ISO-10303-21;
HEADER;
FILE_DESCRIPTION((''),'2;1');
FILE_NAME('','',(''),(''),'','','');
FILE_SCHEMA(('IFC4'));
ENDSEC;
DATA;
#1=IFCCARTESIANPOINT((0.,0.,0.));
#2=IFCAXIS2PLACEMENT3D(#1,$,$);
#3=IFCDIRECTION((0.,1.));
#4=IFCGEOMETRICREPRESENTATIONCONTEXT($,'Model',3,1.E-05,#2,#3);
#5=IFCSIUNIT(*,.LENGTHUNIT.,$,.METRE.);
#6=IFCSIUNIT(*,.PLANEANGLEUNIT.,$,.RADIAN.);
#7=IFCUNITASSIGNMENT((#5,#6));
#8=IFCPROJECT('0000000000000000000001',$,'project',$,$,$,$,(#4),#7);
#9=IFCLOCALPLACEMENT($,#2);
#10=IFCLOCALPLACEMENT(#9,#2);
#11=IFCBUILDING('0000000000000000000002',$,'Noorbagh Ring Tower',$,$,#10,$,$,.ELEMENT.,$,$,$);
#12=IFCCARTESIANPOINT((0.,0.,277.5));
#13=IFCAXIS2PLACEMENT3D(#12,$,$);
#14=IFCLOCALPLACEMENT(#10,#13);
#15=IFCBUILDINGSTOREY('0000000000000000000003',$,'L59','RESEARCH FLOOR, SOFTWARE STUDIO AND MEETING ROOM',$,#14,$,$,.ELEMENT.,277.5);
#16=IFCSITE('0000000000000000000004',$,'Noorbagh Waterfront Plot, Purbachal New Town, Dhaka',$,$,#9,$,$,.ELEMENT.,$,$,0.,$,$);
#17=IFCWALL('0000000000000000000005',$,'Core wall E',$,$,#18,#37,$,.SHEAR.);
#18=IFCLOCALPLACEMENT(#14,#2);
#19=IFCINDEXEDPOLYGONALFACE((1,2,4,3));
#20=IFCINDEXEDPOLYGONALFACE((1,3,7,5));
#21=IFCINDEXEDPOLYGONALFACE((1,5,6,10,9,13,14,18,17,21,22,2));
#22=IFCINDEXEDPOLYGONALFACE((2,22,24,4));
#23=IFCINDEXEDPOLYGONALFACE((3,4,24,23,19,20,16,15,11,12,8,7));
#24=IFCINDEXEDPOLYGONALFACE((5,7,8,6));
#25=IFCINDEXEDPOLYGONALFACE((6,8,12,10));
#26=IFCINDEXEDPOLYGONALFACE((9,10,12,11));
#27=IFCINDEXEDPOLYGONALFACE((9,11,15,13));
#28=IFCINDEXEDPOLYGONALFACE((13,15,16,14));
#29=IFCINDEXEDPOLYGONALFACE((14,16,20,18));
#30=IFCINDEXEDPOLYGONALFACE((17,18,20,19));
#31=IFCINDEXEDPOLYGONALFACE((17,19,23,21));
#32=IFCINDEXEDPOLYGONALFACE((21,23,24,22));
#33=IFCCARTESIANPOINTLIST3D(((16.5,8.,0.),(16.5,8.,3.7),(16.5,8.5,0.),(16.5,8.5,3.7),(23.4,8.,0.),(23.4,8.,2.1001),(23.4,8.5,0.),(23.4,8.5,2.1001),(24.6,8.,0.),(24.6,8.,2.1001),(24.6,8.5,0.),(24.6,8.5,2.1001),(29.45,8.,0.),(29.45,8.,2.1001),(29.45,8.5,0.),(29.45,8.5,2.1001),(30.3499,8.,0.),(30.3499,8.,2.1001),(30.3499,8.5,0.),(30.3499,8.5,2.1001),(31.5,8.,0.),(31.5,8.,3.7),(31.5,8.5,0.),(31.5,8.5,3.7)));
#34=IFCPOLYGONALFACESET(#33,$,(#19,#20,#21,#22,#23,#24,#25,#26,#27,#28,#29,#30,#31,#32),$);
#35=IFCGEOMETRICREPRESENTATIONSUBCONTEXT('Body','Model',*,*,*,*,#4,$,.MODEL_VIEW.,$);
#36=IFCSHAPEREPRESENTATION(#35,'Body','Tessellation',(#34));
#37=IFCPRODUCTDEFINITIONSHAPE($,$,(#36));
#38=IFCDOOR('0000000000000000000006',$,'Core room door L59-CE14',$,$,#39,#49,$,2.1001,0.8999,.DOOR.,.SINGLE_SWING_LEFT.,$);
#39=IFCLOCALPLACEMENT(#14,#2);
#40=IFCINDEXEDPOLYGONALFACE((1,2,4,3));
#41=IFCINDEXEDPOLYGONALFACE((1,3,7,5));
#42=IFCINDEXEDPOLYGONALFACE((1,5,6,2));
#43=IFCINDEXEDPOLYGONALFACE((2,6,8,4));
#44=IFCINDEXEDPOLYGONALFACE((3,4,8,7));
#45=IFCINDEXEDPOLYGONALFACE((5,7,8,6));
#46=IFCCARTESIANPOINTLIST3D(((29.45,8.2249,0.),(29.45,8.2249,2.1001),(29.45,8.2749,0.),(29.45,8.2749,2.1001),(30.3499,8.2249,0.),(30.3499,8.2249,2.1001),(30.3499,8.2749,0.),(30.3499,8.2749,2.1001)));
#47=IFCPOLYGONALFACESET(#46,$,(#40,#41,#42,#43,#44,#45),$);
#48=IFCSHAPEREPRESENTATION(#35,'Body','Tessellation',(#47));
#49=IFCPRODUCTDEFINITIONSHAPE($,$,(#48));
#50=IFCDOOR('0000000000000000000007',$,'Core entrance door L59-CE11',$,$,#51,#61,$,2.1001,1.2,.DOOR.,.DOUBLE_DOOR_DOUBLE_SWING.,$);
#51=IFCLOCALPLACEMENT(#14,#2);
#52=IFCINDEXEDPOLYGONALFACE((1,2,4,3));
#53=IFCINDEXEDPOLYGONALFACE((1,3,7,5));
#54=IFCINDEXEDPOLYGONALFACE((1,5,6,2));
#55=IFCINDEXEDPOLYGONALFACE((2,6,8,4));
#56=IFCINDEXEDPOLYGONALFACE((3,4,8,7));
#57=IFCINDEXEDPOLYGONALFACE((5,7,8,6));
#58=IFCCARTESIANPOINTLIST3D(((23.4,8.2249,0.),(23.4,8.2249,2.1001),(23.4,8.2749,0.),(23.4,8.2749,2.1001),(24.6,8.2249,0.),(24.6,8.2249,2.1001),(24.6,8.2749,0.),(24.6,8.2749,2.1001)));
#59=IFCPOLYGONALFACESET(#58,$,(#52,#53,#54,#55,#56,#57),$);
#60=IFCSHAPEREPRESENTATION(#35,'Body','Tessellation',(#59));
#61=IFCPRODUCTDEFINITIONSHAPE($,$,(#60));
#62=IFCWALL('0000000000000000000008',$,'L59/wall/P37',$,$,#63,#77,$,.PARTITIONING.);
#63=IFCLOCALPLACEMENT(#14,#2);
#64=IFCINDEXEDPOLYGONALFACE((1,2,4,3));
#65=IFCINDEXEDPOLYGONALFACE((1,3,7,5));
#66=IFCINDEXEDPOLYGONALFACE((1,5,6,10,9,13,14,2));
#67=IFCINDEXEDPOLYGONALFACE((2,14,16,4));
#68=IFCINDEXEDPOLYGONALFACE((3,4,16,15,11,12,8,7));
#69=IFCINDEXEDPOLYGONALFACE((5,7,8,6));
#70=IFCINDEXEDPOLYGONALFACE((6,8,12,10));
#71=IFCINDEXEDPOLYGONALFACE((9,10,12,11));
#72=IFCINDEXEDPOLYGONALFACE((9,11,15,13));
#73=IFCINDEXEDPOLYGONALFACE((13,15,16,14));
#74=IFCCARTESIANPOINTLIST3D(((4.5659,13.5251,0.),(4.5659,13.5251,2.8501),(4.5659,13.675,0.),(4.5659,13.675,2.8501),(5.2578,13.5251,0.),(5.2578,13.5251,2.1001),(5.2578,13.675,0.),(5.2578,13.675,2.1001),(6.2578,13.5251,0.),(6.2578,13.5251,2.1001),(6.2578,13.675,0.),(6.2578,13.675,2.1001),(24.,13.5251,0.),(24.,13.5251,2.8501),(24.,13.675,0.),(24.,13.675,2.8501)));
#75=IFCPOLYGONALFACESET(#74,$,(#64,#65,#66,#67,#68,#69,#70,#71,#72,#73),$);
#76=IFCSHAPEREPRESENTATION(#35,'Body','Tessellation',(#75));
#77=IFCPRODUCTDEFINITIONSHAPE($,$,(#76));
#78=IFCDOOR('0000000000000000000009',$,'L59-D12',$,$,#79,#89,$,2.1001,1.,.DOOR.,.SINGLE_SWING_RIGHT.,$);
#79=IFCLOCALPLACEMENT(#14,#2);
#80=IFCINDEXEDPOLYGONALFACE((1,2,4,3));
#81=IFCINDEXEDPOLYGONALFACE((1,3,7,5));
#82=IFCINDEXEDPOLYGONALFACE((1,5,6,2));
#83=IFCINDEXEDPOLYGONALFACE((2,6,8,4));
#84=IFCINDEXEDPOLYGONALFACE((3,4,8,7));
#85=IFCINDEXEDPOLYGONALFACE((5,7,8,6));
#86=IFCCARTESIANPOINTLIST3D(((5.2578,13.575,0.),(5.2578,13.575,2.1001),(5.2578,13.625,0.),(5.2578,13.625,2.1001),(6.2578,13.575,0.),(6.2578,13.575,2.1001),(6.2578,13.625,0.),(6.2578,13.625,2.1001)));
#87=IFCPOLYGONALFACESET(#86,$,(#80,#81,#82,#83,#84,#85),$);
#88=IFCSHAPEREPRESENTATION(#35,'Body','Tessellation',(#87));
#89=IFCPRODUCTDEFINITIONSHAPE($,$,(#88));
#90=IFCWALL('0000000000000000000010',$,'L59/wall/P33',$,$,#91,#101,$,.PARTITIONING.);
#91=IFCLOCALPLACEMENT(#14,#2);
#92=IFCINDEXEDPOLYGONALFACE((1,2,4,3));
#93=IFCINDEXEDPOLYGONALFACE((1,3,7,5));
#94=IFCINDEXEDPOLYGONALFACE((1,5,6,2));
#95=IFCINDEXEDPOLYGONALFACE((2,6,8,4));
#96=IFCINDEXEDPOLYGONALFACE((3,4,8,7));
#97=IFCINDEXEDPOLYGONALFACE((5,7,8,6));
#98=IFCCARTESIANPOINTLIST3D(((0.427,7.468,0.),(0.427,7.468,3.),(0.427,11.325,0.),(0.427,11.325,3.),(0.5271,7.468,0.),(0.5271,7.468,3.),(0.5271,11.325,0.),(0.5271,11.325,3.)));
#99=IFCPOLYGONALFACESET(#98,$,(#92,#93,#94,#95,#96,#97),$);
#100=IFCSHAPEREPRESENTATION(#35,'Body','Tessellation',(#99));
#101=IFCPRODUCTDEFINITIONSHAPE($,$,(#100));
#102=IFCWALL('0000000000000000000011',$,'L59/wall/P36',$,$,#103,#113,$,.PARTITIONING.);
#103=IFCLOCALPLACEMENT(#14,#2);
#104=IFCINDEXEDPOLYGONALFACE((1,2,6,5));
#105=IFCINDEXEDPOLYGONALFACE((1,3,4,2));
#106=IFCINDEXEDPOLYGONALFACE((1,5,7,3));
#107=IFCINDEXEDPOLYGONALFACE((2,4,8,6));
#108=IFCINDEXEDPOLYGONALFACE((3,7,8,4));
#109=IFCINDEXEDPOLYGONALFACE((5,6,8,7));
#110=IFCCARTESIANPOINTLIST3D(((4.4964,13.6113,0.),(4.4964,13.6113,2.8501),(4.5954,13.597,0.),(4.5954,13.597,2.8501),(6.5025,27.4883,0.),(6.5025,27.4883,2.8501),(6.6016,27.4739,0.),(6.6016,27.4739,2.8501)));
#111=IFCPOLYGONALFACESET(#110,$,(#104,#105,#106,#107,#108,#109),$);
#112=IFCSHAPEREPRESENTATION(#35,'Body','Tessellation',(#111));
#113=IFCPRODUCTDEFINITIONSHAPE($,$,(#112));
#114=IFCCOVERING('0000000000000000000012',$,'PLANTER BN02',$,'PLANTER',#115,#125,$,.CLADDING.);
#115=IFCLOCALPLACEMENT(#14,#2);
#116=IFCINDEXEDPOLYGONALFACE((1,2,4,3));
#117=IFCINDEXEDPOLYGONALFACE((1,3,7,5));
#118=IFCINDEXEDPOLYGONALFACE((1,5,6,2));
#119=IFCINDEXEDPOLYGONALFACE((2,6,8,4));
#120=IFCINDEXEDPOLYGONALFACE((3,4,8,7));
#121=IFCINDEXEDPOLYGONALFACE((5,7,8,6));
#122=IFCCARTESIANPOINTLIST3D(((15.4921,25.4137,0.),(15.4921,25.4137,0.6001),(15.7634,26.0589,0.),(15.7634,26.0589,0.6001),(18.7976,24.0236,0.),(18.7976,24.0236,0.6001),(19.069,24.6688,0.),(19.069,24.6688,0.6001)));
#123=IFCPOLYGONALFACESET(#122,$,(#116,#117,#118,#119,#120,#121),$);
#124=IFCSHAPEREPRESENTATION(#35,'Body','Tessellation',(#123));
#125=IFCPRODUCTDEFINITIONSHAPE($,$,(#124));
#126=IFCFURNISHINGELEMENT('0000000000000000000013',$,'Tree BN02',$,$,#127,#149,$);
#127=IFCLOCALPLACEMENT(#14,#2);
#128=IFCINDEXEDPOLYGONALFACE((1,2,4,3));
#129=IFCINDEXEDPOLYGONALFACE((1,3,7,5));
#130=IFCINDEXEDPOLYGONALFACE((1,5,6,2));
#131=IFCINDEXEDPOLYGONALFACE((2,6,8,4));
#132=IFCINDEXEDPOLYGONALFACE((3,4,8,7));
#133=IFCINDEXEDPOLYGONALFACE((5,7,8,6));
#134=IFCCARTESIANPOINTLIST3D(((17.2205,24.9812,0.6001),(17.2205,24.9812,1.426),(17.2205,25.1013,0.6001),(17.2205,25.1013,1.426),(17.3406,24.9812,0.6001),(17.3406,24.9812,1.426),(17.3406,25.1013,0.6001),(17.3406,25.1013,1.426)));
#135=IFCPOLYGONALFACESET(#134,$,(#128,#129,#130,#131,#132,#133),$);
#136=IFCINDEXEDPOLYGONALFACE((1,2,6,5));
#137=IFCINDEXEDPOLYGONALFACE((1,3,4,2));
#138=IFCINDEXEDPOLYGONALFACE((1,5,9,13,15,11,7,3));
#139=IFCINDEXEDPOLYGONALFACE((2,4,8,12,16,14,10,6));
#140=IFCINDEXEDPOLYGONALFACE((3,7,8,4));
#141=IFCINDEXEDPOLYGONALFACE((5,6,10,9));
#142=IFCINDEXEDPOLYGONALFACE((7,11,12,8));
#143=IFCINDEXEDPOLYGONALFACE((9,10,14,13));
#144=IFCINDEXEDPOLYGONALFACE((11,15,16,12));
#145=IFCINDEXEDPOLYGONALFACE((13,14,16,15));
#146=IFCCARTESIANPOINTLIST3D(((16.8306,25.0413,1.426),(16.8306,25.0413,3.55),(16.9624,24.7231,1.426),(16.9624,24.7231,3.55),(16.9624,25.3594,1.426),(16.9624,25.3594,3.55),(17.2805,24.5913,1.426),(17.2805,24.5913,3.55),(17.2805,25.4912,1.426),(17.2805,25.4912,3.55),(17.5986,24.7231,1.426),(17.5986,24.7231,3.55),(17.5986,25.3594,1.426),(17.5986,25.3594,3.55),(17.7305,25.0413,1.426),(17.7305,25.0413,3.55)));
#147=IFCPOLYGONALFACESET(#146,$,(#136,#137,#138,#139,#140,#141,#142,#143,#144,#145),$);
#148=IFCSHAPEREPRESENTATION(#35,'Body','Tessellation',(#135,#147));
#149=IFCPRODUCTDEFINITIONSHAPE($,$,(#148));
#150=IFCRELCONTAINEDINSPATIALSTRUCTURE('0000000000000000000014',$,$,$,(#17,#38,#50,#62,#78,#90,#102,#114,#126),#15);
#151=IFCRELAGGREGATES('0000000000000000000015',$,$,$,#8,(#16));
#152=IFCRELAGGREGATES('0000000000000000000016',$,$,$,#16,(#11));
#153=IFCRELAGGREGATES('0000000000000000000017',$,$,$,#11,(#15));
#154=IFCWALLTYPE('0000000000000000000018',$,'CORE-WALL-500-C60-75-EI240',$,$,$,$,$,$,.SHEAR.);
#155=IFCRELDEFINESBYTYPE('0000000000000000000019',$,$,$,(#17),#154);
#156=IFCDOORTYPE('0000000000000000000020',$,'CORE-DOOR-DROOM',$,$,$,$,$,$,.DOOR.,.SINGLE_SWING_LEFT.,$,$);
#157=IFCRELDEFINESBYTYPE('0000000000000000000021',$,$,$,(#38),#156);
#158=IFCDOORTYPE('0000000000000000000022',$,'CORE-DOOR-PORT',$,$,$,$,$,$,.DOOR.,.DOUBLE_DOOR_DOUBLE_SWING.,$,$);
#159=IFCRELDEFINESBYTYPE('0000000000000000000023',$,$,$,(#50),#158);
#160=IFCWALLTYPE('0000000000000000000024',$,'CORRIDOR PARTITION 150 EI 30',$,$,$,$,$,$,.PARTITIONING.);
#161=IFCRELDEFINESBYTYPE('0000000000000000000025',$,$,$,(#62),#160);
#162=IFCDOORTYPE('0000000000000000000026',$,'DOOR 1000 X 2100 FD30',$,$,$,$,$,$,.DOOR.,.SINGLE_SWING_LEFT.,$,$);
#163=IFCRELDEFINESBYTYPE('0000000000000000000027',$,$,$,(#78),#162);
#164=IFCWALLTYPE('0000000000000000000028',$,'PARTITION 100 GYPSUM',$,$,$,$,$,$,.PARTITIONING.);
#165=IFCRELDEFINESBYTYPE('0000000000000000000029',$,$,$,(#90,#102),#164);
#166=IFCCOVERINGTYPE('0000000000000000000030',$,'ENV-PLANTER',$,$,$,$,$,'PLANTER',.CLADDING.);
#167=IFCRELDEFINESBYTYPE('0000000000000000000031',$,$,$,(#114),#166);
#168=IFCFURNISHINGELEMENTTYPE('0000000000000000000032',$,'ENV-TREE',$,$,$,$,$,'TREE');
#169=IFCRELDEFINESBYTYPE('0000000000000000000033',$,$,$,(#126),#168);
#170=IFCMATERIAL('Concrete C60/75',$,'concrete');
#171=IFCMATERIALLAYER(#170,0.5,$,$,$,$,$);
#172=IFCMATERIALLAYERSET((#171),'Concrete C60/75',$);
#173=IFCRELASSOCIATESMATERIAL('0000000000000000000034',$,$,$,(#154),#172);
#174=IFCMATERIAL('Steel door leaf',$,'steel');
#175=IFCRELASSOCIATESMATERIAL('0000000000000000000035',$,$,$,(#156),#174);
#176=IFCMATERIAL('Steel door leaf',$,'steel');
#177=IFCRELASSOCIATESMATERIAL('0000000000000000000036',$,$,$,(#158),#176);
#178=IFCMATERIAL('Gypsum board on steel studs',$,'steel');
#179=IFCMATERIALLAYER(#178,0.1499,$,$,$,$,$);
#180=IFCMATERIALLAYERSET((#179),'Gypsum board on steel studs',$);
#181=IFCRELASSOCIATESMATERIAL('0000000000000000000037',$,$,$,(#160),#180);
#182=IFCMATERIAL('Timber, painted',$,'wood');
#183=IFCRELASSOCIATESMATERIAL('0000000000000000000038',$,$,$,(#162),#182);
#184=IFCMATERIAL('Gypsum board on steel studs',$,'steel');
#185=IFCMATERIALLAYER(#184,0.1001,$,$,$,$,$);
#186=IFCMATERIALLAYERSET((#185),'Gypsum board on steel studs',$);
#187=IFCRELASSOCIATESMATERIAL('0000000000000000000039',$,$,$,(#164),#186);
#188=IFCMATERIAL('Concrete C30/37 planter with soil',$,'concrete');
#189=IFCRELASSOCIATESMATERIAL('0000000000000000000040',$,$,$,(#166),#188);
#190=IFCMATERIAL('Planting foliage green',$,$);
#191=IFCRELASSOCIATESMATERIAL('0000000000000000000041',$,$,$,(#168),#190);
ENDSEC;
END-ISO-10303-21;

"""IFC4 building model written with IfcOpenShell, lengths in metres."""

from ifc_helpers import new_model, si_unit, direction, frame, frame_2d, origin, origin_2d, place, context, subcontext, project, spatial, polyline, rectangle, outline, extrude, material, layer, layer_set, type_object, element, fill, save


model = new_model("IFC4")

# Units and contexts
model_context = context("Model", 3, precision=1e-05, world=origin(), true_north=direction((0.0, 1.0)))
body_context = subcontext(model_context, "Body", "Model", "MODEL_VIEW")
ifc_project = project(units=[si_unit("LENGTHUNIT", "METRE"), si_unit("PLANEANGLEUNIT", "RADIAN")], contexts=[model_context])

# Site, building, storey
site_placement = place(None, origin())
site = spatial("IfcSite", under=ifc_project, at=site_placement, Name="Noorbagh Waterfront Plot, Purbachal New Town, Dhaka", CompositionType="ELEMENT", RefElevation=0.0)
building_placement = place(site_placement, origin())
building = spatial("IfcBuilding", under=site, at=building_placement, Name="Noorbagh Ring Tower", CompositionType="ELEMENT")
storey_placement = place(building_placement, frame((0.0, 0.0, 277.5)))
storey = spatial("IfcBuildingStorey", under=building, at=storey_placement, Name="L59", Description="RESEARCH FLOOR, SOFTWARE STUDIO AND MEETING ROOM", CompositionType="ELEMENT", Elevation=277.5)

# Wall, openings, doors
ifc_material_1 = material(Name="Concrete C60/75", Category="concrete")
ifc_layer_1 = layer(ifc_material_1, 0.5)
ifc_layer_set_1 = layer_set([ifc_layer_1], Name="Concrete C60/75")
wall_type_1 = type_object("IfcWallType", Name="CORE-WALL-500-C60-75-EI240", PredefinedType="SHEAR", material=ifc_layer_set_1)
wall_1_placement = place(storey_placement, frame((16.5, 8.25, 0.0), z_axis=(0.0, 0.0, 1.0), x_axis=(1.0, 0.0, 0.0)))
wall_1 = element("IfcWall", 1, at=wall_1_placement, inside=storey, type_object=wall_type_1, Name="Core wall E", PredefinedType="SHEAR", context=body_context, shape_type="SweptSolid", body=[
    extrude(rectangle(XDim=15.0, YDim=0.5, at=frame_2d((7.5, 0.0))), origin(), (0.0, 0.0, 1.0), 3.7),
])
opening_1_placement = place(wall_1_placement, frame((6.8999, 0.0, 0.0)))
opening_1 = element("IfcOpeningElement", 2, at=opening_1_placement, cuts=wall_1, PredefinedType="OPENING", context=body_context, shape_type="SweptSolid", body=[
    extrude(rectangle(XDim=1.2, YDim=2.1001, at=frame_2d((0.6001, 1.05))), frame((0.0, 0.26, 0.0), z_axis=(0.0, -1.0, 0.0), x_axis=(1.0, 0.0, 0.0)), (0.0, 0.0, 1.0), 0.52),
])
opening_2_placement = place(wall_1_placement, frame((12.95, 0.0, 0.0)))
opening_2 = element("IfcOpeningElement", 3, at=opening_2_placement, cuts=wall_1, PredefinedType="OPENING", context=body_context, shape_type="SweptSolid", body=[
    extrude(rectangle(XDim=0.8999, YDim=2.1001, at=frame_2d((0.45, 1.05))), frame((0.0, 0.26, 0.0), z_axis=(0.0, -1.0, 0.0), x_axis=(1.0, 0.0, 0.0)), (0.0, 0.0, 1.0), 0.52),
])
ifc_material_2 = material(Name="Steel door leaf", Category="steel")
door_type_1 = type_object("IfcDoorType", Name="CORE-DOOR-DROOM", OperationType="SINGLE_SWING_LEFT", PredefinedType="DOOR", material=ifc_material_2)
door_1_placement = place(opening_2_placement, origin())
door_1 = element("IfcDoor", 4, at=door_1_placement, inside=storey, type_object=door_type_1, Name="Core room door L59-CE14", OperationType="SINGLE_SWING_LEFT", OverallHeight=2.1001, OverallWidth=0.8999, PredefinedType="DOOR", context=body_context, shape_type="SweptSolid", body=[
    extrude(rectangle(XDim=0.8999, YDim=2.1001, at=frame_2d((0.45, 1.05))), frame((0.0, 0.0249, 0.0), z_axis=(0.0, -1.0, 0.0), x_axis=(1.0, 0.0, 0.0)), (0.0, 0.0, 1.0), 0.05),
])
fill(opening_2, door_1)
ifc_material_3 = material(Name="Steel door leaf", Category="steel")
door_type_2 = type_object("IfcDoorType", Name="CORE-DOOR-PORT", OperationType="DOUBLE_DOOR_DOUBLE_SWING", PredefinedType="DOOR", material=ifc_material_3)
door_2_placement = place(opening_1_placement, origin())
door_2 = element("IfcDoor", 5, at=door_2_placement, inside=storey, type_object=door_type_2, Name="Core entrance door L59-CE11", OperationType="DOUBLE_DOOR_DOUBLE_SWING", OverallHeight=2.1001, OverallWidth=1.2, PredefinedType="DOOR", context=body_context, shape_type="SweptSolid", body=[
    extrude(rectangle(XDim=1.2, YDim=2.1001, at=frame_2d((0.6001, 1.05))), frame((0.0, 0.0249, 0.0), z_axis=(0.0, -1.0, 0.0), x_axis=(1.0, 0.0, 0.0)), (0.0, 0.0, 1.0), 0.05),
])
fill(opening_1, door_2)

# Wall, opening, door
ifc_material_4 = material(Name="Gypsum board on steel studs", Category="steel")
ifc_layer_2 = layer(ifc_material_4, 0.1499)
ifc_layer_set_2 = layer_set([ifc_layer_2], Name="Gypsum board on steel studs")
wall_type_2 = type_object("IfcWallType", Name="CORRIDOR PARTITION 150 EI 30", PredefinedType="PARTITIONING", material=ifc_layer_set_2)
wall_2_placement = place(storey_placement, frame((4.5659, 13.6001, 0.0), z_axis=(0.0, 0.0, 1.0), x_axis=(1.0, 0.0, 0.0)))
wall_2 = element("IfcWall", 6, at=wall_2_placement, inside=storey, type_object=wall_type_2, Name="L59/wall/P37", PredefinedType="PARTITIONING", context=body_context, shape_type="SweptSolid", body=[
    extrude(rectangle(XDim=19.4341, YDim=0.1499, at=frame_2d((9.717, 0.0))), origin(), (0.0, 0.0, 1.0), 2.8501),
])
opening_3_placement = place(wall_2_placement, frame((0.6919, 0.0, 0.0)))
opening_3 = element("IfcOpeningElement", 7, at=opening_3_placement, cuts=wall_2, PredefinedType="OPENING", context=body_context, shape_type="SweptSolid", body=[
    extrude(rectangle(XDim=1.0, YDim=2.1001, at=frame_2d((0.5, 1.05))), frame((0.0, 0.085, 0.0), z_axis=(0.0, -1.0, 0.0), x_axis=(1.0, 0.0, 0.0)), (0.0, 0.0, 1.0), 0.1699),
])
ifc_material_5 = material(Name="Timber, painted", Category="wood")
door_type_3 = type_object("IfcDoorType", Name="DOOR 1000 X 2100 FD30", OperationType="SINGLE_SWING_LEFT", PredefinedType="DOOR", material=ifc_material_5)
door_3_placement = place(opening_3_placement, origin())
door_3 = element("IfcDoor", 8, at=door_3_placement, inside=storey, type_object=door_type_3, Name="L59-D12", OperationType="SINGLE_SWING_RIGHT", OverallHeight=2.1001, OverallWidth=1.0, PredefinedType="DOOR", context=body_context, shape_type="SweptSolid", body=[
    extrude(rectangle(XDim=1.0, YDim=2.1001, at=frame_2d((0.5, 1.05))), frame((0.0, 0.0249, 0.0), z_axis=(0.0, -1.0, 0.0), x_axis=(1.0, 0.0, 0.0)), (0.0, 0.0, 1.0), 0.05),
])
fill(opening_3, door_3)

# Walls
ifc_material_6 = material(Name="Gypsum board on steel studs", Category="steel")
ifc_layer_3 = layer(ifc_material_6, 0.1001)
ifc_layer_set_3 = layer_set([ifc_layer_3], Name="Gypsum board on steel studs")
wall_type_3 = type_object("IfcWallType", Name="PARTITION 100 GYPSUM", PredefinedType="PARTITIONING", material=ifc_layer_set_3)
wall_3_placement = place(storey_placement, frame((0.4771, 7.468, 0.0), z_axis=(0.0, 0.0, 1.0), x_axis=(0.0, 1.0, 0.0)))
element("IfcWall", 9, at=wall_3_placement, inside=storey, type_object=wall_type_3, Name="L59/wall/P33", PredefinedType="PARTITIONING", context=body_context, shape_type="SweptSolid", body=[
    extrude(rectangle(XDim=3.8569, YDim=0.1001, at=frame_2d((1.9285, 0.0))), origin(), (0.0, 0.0, 1.0), 3.0),
])
wall_4_placement = place(storey_placement, frame((4.5459, 13.604, 0.0), z_axis=(0.0, 0.0, 1.0), x_axis=(0.143076, 0.989712, 0.0)))
element("IfcWall", 10, at=wall_4_placement, inside=storey, type_object=wall_type_3, Name="L59/wall/P36", PredefinedType="PARTITIONING", context=body_context, shape_type="SweptSolid", body=[
    extrude(rectangle(XDim=14.0212, YDim=0.1001, at=frame_2d((7.0107, 0.0))), origin(), (0.0, 0.0, 1.0), 2.8501),
])

# Covering
ifc_material_7 = material(Name="Concrete C30/37 planter with soil", Category="concrete")
covering_type = type_object("IfcCoveringType", Name="ENV-PLANTER", ElementType="PLANTER", PredefinedType="CLADDING", material=ifc_material_7)
covering_placement = place(storey_placement, frame((17.2805, 25.0413, 0.0), z_axis=(0.0, 0.0, 1.0), x_axis=(-0.921812, 0.387638, 0.0)))
element("IfcCovering", 11, at=covering_placement, inside=storey, type_object=covering_type, Name="PLANTER BN02", ObjectType="PLANTER", PredefinedType="CLADDING", context=body_context, shape_type="SweptSolid", body=[
    extrude(rectangle(XDim=3.5859, YDim=0.7, at=origin_2d()), origin(), (0.0, 0.0, 1.0), 0.6001),
])

# Furnishing element
ifc_material_8 = material(Name="Planting foliage green")
furnishing_element_type = type_object("IfcFurnishingElementType", Name="ENV-TREE", ElementType="TREE", material=ifc_material_8)
furnishing_placement = place(storey_placement, frame((17.2805, 25.0413, 0.6001), z_axis=(0.0, 0.0, 1.0), x_axis=(1.0, 0.0, 0.0)))
element("IfcFurnishingElement", 12, at=furnishing_placement, inside=storey, type_object=furnishing_element_type, Name="Tree BN02", context=body_context, shape_type="SweptSolid", body=[
    extrude(rectangle(XDim=0.1201, YDim=0.1201, at=origin_2d()), origin(), (0.0, 0.0, 1.0), 0.8259),
    extrude(outline(polyline([(0.45, 0.0), (0.3181, 0.3181), (0.0, 0.45), (-0.3181, 0.3181), (-0.45, 0.0), (-0.3181, -0.3181), (0.0, -0.45), (0.3181, -0.3181), (0.45, 0.0)])), frame((0.0, 0.0, 0.8259)), (0.0, 0.0, 1.0), 2.124),
])

save(model, "model.ifc")
